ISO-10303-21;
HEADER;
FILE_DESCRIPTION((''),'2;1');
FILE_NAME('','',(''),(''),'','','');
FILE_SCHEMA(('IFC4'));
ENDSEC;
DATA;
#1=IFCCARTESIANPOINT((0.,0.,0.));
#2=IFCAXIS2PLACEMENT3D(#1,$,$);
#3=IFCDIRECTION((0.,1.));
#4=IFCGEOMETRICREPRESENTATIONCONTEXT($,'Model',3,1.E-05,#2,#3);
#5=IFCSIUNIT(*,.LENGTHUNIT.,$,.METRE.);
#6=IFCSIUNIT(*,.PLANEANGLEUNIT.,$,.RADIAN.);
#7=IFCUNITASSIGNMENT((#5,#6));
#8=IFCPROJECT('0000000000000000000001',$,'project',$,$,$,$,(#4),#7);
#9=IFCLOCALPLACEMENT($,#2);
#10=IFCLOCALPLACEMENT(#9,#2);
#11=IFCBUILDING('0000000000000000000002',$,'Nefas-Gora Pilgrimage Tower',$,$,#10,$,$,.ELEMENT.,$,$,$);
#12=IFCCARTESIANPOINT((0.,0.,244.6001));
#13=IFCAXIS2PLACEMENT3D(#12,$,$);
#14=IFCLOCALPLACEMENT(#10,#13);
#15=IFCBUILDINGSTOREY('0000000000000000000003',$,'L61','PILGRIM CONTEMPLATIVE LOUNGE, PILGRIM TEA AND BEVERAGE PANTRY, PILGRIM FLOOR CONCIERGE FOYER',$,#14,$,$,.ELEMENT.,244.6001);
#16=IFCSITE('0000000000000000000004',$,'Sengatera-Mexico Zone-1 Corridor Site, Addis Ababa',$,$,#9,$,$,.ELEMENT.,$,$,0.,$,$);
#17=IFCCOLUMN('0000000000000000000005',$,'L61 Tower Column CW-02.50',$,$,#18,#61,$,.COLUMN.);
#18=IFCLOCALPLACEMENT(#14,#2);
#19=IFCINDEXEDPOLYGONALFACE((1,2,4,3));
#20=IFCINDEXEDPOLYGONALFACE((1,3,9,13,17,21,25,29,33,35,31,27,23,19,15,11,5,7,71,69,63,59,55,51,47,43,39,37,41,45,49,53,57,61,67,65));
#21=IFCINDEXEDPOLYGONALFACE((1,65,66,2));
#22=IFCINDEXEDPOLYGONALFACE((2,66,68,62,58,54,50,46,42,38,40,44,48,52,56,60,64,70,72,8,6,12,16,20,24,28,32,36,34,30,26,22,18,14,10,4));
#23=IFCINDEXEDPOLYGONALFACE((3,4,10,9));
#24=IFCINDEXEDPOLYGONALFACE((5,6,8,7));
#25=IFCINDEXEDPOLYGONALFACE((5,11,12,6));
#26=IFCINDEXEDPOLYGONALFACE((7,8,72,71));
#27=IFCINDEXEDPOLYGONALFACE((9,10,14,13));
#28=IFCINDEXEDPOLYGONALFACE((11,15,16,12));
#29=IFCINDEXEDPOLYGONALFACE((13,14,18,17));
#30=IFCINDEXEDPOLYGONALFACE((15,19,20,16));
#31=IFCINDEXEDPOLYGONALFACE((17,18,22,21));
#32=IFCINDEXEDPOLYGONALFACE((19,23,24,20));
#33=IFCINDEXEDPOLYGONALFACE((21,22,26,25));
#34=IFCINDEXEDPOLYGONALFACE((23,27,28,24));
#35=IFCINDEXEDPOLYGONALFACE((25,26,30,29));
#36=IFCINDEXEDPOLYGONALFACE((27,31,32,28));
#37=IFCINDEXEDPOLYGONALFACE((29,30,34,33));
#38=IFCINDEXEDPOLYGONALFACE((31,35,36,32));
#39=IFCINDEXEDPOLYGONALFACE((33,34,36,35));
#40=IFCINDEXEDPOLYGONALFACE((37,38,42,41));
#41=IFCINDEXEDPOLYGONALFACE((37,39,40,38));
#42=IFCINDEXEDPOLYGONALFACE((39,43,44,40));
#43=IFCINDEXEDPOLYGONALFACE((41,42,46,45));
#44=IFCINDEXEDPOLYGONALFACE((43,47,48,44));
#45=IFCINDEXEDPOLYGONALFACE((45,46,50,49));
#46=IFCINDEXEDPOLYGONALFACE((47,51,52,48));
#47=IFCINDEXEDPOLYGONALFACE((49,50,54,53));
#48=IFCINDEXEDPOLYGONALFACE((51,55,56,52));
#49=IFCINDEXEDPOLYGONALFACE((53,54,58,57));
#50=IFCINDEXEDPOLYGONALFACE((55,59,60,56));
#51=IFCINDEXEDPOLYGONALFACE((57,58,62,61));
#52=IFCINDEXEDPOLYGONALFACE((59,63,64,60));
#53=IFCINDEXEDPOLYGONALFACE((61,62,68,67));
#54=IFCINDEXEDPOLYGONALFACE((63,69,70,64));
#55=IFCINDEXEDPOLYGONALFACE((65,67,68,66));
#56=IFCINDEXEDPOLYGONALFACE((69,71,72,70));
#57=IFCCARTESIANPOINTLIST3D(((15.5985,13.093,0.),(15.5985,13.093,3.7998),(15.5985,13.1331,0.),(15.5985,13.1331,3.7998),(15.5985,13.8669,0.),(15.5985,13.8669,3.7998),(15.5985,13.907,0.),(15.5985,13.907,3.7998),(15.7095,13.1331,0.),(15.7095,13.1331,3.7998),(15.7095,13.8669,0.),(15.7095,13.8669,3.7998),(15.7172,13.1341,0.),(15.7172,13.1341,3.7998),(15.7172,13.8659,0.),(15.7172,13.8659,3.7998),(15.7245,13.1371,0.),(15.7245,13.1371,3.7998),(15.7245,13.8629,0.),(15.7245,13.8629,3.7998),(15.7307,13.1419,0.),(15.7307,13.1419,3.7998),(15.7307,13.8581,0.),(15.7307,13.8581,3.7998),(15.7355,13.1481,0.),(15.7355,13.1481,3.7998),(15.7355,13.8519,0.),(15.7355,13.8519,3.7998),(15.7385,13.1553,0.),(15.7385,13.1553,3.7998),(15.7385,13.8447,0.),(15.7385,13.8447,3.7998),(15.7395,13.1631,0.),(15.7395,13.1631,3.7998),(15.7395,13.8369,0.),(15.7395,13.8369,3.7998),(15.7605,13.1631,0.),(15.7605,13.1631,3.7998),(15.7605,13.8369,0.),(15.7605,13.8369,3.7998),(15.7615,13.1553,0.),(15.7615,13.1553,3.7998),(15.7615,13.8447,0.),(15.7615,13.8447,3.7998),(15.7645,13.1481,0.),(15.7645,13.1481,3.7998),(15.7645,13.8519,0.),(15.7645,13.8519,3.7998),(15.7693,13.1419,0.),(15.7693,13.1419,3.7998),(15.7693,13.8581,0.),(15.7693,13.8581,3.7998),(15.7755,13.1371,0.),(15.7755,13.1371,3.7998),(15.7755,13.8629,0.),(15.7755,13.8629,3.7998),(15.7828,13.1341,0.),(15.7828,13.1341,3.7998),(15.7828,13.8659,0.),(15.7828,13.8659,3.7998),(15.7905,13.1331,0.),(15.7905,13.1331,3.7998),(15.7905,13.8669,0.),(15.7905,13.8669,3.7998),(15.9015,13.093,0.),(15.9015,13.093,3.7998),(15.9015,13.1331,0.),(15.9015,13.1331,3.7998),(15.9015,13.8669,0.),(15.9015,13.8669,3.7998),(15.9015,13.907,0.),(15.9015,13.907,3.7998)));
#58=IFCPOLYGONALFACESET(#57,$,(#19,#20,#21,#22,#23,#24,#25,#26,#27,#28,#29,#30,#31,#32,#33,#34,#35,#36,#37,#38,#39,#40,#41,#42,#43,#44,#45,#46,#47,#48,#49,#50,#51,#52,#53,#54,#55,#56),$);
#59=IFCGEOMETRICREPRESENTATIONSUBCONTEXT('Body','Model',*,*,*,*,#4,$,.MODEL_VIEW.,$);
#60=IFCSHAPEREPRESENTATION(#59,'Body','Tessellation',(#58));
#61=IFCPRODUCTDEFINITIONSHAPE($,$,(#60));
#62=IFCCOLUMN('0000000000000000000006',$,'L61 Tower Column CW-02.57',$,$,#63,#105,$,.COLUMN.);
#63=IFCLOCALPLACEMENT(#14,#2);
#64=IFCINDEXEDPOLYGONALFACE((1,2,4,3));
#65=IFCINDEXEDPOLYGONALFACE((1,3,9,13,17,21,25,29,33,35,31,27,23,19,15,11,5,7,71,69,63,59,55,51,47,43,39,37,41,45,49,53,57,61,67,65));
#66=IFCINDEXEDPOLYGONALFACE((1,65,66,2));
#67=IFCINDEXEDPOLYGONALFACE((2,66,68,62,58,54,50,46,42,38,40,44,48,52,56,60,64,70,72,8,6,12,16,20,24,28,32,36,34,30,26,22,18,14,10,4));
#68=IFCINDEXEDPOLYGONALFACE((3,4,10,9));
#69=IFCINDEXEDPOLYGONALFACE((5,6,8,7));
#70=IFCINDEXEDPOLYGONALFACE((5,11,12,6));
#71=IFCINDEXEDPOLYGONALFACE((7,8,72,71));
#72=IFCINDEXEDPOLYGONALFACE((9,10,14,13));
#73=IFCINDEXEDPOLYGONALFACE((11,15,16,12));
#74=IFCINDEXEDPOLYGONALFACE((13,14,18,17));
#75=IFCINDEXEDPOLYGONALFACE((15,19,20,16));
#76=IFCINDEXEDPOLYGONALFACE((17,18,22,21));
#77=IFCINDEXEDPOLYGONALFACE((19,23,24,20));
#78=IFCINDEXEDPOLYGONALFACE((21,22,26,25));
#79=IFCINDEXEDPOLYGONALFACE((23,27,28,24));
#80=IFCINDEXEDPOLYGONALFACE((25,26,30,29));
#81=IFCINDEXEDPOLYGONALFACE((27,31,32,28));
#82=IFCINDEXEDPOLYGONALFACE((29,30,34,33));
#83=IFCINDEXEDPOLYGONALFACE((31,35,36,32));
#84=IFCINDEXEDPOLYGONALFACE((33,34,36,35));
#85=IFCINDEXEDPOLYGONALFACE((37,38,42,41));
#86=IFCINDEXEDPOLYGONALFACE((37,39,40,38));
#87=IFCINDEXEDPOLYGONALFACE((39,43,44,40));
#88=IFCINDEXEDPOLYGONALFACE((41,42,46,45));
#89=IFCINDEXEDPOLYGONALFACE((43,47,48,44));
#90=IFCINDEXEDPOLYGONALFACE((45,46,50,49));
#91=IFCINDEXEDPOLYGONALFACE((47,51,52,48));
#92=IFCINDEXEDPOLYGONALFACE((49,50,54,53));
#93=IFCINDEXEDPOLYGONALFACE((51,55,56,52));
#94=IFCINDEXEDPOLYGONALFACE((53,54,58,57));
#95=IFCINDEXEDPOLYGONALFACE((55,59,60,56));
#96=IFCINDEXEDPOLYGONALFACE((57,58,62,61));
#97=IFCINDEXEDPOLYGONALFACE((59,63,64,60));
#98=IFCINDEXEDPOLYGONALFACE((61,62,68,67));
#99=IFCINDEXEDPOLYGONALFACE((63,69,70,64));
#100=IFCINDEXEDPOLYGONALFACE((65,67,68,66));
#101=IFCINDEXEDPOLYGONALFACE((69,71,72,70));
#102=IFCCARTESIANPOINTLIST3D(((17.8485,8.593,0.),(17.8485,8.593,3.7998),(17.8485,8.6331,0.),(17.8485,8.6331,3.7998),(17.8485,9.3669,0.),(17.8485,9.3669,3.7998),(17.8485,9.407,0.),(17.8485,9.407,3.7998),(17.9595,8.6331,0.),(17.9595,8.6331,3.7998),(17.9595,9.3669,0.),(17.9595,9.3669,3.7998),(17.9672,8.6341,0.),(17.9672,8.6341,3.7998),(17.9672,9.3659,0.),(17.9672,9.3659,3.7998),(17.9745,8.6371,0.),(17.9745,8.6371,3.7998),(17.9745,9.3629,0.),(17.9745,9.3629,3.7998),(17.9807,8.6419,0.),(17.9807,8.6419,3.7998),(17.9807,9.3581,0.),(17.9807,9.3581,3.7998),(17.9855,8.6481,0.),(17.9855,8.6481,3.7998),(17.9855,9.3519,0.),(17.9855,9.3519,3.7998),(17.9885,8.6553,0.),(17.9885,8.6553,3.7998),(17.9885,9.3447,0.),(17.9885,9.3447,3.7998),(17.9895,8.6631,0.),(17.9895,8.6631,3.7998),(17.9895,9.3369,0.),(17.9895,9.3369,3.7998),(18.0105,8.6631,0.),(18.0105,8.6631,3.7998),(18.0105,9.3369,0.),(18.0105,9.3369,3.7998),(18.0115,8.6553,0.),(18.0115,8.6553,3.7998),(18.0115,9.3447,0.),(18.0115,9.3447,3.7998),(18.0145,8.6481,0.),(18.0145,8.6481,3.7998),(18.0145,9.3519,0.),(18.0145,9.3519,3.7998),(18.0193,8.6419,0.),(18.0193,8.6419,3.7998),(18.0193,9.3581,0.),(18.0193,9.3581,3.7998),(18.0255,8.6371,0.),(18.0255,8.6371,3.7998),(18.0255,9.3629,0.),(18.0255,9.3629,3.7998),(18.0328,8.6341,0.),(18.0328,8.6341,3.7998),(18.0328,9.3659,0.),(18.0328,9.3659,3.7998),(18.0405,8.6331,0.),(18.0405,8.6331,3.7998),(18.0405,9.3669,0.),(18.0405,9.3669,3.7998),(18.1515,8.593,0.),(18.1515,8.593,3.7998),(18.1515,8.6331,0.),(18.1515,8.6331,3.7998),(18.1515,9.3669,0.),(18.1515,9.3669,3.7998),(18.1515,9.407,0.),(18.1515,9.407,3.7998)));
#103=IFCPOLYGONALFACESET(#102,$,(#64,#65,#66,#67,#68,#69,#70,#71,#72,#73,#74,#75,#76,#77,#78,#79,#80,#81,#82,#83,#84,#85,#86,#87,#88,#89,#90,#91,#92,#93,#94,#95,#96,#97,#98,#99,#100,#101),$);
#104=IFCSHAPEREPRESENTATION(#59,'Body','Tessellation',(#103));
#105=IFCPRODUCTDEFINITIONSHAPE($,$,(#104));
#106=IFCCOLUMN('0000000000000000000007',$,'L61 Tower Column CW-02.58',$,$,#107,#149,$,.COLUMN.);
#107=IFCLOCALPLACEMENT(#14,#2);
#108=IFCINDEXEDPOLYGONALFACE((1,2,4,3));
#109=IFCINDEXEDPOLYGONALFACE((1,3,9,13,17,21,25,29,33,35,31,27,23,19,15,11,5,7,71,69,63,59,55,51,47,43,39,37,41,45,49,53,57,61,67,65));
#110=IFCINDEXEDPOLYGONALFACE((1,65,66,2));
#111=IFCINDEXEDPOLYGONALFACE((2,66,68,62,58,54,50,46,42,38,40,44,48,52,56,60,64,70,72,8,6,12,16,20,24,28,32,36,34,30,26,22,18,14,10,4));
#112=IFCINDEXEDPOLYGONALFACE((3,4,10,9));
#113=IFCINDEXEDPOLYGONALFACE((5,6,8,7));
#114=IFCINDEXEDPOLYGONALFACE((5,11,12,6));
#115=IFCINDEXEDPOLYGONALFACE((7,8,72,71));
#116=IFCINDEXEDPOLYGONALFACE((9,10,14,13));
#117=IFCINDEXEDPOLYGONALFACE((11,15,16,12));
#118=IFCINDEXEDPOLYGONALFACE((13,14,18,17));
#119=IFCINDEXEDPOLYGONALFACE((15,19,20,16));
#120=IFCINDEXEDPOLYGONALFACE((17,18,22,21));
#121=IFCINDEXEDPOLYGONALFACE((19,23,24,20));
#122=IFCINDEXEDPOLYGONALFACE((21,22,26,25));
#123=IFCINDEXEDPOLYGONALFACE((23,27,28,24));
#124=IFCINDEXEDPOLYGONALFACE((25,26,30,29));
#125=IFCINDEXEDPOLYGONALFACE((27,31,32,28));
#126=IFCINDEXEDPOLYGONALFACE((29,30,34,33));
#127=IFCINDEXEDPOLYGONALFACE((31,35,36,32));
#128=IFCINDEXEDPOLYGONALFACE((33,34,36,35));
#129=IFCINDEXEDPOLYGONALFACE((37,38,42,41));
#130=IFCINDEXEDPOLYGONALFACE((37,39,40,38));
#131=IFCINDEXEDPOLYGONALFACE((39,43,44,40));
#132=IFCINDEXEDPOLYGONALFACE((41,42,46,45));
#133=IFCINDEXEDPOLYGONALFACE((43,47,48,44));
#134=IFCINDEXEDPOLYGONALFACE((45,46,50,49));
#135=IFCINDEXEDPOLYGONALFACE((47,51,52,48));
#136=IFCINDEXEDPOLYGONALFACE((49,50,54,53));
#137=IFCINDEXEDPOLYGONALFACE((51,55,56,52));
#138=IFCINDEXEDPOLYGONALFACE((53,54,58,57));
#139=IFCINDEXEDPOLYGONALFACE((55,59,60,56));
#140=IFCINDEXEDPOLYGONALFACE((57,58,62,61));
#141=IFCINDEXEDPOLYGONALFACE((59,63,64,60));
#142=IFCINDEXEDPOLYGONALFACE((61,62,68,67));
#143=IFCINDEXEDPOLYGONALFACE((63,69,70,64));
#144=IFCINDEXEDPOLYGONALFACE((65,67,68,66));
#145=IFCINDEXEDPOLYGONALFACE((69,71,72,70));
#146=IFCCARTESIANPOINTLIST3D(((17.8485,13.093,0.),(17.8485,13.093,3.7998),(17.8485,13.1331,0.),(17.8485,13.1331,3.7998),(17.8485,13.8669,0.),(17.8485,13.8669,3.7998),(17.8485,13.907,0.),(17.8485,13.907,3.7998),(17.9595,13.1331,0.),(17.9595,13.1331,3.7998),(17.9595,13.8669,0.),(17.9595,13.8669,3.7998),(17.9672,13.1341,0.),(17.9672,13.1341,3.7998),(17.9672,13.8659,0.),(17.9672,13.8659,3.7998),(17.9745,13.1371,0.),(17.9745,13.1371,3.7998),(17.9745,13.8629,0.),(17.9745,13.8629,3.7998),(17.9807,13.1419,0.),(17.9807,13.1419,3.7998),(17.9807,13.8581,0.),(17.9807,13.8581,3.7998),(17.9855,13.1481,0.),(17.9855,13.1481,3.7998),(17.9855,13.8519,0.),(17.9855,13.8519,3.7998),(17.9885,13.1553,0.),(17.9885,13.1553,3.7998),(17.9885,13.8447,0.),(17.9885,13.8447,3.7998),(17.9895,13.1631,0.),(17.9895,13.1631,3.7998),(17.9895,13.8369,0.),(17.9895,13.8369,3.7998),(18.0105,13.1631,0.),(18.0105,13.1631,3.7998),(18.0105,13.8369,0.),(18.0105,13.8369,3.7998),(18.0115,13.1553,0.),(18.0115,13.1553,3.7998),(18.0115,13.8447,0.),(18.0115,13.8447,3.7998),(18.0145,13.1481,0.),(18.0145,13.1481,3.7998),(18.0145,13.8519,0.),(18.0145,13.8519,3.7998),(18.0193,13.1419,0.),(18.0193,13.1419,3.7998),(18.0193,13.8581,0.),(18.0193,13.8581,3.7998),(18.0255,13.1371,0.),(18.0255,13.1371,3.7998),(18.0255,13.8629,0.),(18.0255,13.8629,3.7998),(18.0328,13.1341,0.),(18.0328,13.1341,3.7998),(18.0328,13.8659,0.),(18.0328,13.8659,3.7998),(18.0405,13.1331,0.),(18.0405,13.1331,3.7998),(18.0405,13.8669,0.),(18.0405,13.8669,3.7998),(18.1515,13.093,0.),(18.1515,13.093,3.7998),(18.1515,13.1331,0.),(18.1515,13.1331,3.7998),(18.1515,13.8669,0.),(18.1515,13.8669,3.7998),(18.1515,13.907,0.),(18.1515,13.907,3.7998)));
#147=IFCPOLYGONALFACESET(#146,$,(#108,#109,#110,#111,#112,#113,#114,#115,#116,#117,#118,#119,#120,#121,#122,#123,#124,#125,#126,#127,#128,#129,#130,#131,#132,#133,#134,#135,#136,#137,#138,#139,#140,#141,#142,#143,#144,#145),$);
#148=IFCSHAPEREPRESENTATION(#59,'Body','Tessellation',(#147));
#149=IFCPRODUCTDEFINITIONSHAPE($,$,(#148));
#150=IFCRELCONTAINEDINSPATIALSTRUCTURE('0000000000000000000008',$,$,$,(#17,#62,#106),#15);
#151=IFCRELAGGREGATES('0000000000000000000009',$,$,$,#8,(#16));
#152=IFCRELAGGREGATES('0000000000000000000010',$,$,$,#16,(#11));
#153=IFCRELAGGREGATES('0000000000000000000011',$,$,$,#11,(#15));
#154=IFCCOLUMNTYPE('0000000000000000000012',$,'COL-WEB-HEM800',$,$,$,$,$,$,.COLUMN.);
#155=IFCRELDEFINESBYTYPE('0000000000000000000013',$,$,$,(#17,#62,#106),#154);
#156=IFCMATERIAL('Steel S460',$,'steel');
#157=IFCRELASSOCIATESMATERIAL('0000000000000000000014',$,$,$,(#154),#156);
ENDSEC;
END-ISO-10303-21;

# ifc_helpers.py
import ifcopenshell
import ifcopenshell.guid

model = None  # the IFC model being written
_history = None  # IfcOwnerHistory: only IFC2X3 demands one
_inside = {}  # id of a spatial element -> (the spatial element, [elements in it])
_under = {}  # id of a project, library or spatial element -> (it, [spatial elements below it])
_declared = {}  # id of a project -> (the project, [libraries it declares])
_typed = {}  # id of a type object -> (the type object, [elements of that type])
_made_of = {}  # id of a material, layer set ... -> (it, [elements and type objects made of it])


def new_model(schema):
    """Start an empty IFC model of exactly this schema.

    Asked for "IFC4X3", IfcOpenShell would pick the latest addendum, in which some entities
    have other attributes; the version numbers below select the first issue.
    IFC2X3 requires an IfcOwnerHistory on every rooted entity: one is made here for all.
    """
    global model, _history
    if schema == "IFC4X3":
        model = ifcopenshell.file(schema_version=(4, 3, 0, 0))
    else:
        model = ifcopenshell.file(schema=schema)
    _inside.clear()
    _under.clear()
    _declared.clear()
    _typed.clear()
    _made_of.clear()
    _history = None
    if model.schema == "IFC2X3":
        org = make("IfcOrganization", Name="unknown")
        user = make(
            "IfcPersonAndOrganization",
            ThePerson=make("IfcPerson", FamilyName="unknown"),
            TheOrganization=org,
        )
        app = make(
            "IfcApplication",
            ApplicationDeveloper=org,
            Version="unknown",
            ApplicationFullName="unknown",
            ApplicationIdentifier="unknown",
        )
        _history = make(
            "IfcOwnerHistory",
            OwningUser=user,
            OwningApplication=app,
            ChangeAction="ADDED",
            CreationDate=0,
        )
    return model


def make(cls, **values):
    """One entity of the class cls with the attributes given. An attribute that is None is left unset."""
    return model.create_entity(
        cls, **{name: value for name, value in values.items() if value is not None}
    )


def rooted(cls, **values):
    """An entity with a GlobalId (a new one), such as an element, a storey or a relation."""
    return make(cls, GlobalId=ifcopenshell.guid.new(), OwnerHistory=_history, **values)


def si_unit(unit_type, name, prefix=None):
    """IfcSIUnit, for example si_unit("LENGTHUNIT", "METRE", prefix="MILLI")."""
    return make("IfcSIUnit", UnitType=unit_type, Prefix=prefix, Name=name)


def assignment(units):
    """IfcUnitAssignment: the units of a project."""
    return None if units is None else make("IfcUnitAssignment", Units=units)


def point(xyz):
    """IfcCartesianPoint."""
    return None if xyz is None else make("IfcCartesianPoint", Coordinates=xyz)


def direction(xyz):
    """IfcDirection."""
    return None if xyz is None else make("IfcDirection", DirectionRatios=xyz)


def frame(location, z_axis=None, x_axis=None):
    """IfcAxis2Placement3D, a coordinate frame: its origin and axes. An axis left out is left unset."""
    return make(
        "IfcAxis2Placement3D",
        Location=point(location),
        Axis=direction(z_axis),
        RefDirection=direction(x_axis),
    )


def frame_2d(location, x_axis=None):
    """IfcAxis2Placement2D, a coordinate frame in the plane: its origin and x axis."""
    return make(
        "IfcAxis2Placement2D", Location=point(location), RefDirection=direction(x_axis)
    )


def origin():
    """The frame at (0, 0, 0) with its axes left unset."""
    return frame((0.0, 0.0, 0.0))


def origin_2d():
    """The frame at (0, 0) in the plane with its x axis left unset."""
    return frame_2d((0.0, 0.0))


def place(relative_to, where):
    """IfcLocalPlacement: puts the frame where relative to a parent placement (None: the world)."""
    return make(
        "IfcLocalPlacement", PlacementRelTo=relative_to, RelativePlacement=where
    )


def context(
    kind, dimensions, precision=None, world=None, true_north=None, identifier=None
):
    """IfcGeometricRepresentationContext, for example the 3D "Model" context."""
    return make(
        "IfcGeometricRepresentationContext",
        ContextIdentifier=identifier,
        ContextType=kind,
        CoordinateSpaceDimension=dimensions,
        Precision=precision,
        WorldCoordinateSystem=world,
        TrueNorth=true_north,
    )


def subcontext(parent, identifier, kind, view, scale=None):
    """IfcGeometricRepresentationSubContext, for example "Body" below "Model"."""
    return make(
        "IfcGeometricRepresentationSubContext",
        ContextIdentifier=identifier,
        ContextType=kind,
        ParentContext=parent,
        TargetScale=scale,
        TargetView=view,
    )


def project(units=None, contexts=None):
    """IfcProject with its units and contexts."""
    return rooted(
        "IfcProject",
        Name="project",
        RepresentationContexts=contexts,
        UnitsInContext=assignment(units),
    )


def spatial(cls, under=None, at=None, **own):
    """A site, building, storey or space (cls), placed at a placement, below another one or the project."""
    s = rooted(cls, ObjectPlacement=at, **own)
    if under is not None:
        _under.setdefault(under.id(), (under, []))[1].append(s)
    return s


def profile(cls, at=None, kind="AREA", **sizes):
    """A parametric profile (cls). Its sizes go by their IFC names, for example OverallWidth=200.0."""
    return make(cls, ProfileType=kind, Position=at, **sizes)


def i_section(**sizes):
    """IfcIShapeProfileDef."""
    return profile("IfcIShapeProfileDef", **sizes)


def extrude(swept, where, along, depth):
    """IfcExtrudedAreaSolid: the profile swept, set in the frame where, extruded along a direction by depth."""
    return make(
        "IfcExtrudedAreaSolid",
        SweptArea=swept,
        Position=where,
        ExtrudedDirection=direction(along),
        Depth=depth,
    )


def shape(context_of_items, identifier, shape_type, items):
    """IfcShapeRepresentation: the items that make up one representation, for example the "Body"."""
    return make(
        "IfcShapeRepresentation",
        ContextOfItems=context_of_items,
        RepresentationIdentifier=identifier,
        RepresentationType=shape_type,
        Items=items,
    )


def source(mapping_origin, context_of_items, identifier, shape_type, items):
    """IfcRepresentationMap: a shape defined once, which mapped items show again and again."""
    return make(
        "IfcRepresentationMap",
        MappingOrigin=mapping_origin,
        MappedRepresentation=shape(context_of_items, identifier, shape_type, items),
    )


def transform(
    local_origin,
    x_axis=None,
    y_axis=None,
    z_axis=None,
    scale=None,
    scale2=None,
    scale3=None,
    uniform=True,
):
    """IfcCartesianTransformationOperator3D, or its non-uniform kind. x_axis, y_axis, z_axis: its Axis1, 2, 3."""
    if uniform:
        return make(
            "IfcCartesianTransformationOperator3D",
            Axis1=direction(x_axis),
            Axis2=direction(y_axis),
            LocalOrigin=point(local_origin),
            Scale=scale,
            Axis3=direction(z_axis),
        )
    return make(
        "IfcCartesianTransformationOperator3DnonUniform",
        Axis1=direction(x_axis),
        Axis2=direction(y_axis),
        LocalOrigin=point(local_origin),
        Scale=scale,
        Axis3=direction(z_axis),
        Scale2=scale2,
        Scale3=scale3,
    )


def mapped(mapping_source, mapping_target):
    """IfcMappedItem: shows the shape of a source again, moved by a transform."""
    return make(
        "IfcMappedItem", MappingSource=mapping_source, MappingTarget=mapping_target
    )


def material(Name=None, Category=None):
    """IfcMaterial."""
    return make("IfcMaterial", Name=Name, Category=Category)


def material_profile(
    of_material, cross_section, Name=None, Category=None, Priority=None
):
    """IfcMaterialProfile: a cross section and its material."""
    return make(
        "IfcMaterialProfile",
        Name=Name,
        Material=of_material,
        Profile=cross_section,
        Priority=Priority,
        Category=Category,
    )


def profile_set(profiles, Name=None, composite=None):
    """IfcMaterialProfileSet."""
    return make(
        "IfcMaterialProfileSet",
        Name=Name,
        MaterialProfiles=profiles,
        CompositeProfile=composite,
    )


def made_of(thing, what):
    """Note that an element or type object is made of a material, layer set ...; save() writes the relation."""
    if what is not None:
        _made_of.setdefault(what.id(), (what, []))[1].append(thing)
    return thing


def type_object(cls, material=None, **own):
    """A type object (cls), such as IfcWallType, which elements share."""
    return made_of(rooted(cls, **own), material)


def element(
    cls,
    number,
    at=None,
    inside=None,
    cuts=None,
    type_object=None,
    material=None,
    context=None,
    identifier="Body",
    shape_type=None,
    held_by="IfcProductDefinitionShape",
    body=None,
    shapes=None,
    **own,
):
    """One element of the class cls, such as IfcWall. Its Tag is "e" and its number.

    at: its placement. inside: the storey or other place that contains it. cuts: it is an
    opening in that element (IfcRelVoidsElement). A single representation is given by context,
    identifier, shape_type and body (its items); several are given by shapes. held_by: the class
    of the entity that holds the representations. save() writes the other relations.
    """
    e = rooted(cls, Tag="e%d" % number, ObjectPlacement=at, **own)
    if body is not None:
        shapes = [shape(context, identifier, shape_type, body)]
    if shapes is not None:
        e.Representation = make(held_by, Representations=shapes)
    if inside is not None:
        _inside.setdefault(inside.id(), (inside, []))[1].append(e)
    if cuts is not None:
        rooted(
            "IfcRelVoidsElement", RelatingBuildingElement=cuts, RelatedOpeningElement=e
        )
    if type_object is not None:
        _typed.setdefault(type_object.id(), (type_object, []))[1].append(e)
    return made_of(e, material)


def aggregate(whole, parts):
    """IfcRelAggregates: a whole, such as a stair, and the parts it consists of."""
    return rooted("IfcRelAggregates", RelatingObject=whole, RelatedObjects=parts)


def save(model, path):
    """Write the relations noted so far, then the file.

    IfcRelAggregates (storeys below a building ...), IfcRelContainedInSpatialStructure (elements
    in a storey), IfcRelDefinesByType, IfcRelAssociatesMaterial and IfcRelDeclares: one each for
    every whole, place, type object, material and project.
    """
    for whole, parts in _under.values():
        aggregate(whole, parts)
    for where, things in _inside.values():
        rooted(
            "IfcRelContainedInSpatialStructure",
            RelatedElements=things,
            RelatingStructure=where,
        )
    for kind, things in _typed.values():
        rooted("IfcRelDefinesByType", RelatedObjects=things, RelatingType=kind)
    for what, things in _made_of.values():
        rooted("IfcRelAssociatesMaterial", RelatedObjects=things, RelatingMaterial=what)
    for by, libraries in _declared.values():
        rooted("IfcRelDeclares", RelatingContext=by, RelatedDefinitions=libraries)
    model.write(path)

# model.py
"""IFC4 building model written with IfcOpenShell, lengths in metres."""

from ifc_helpers import new_model, si_unit, direction, frame, origin, origin_2d, place, context, subcontext, project, spatial, i_section, extrude, source, transform, mapped, material, material_profile, profile_set, type_object, element, save


model = new_model("IFC4")

# Units and contexts
model_context = context("Model", 3, precision=1e-05, world=origin(), true_north=direction((0.0, 1.0)))
body_context = subcontext(model_context, "Body", "Model", "MODEL_VIEW")
ifc_project = project(units=[si_unit("LENGTHUNIT", "METRE"), si_unit("PLANEANGLEUNIT", "RADIAN")], contexts=[model_context])

# Site, building, storey
site_placement = place(None, origin())
site = spatial("IfcSite", under=ifc_project, at=site_placement, Name="Sengatera-Mexico Zone-1 Corridor Site, Addis Ababa", CompositionType="ELEMENT", RefElevation=0.0)
building_placement = place(site_placement, origin())
building = spatial("IfcBuilding", under=site, at=building_placement, Name="Nefas-Gora Pilgrimage Tower", CompositionType="ELEMENT")
storey_placement = place(building_placement, frame((0.0, 0.0, 244.6001)))
storey = spatial("IfcBuildingStorey", under=building, at=storey_placement, Name="L61", Description="PILGRIM CONTEMPLATIVE LOUNGE, PILGRIM TEA AND BEVERAGE PANTRY, PILGRIM FLOOR CONCIERGE FOYER", CompositionType="ELEMENT", Elevation=244.6001)

# Columns
ifc_material_1 = material(Name="Steel S460", Category="steel")
ifc_material_profile_1 = material_profile(ifc_material_1, i_section(OverallWidth=0.303, OverallDepth=0.814, WebThickness=0.021, FlangeThickness=0.04, FilletRadius=0.03, at=origin_2d()), Name="HEM 800")
ifc_profile_set_1 = profile_set([ifc_material_profile_1], Name="Steel S460")
column_type_1 = type_object("IfcColumnType", Name="COL-WEB-HEM800", PredefinedType="COLUMN", material=ifc_profile_set_1)
shared_shape_1 = source(origin(), body_context, "Body", "SweptSolid", [
    extrude(i_section(OverallWidth=0.303, OverallDepth=0.814, WebThickness=0.021, FlangeThickness=0.04, FilletRadius=0.03, at=origin_2d()), origin(), (0.0, 0.0, 1.0), 3.7998),
])
for number, where, z_axis, x_axis, name in (
    (1, (15.75, 13.5, 0.0), (0.0, 0.0, 1.0), (1.0, 0.0, 0.0), "L61 Tower Column CW-02.50"),
    (2, (18.0, 9.0, 0.0), (0.0, 0.0, 1.0), (1.0, 0.0, 0.0), "L61 Tower Column CW-02.57"),
    (3, (18.0, 13.5, 0.0), (0.0, 0.0, 1.0), (1.0, 0.0, 0.0), "L61 Tower Column CW-02.58"),
):
    element("IfcColumn", number, at=place(storey_placement, frame(where, z_axis=z_axis, x_axis=x_axis)), inside=storey, type_object=column_type_1, Name=name, PredefinedType="COLUMN", context=body_context, shape_type="MappedRepresentation", body=[
        mapped(shared_shape_1, transform((0.0, 0.0, 0.0), x_axis=(1.0, 0.0, 0.0), y_axis=(0.0, 1.0, 0.0), z_axis=(0.0, 0.0, 1.0), scale=1.0)),
    ])

save(model, "model.ifc")
